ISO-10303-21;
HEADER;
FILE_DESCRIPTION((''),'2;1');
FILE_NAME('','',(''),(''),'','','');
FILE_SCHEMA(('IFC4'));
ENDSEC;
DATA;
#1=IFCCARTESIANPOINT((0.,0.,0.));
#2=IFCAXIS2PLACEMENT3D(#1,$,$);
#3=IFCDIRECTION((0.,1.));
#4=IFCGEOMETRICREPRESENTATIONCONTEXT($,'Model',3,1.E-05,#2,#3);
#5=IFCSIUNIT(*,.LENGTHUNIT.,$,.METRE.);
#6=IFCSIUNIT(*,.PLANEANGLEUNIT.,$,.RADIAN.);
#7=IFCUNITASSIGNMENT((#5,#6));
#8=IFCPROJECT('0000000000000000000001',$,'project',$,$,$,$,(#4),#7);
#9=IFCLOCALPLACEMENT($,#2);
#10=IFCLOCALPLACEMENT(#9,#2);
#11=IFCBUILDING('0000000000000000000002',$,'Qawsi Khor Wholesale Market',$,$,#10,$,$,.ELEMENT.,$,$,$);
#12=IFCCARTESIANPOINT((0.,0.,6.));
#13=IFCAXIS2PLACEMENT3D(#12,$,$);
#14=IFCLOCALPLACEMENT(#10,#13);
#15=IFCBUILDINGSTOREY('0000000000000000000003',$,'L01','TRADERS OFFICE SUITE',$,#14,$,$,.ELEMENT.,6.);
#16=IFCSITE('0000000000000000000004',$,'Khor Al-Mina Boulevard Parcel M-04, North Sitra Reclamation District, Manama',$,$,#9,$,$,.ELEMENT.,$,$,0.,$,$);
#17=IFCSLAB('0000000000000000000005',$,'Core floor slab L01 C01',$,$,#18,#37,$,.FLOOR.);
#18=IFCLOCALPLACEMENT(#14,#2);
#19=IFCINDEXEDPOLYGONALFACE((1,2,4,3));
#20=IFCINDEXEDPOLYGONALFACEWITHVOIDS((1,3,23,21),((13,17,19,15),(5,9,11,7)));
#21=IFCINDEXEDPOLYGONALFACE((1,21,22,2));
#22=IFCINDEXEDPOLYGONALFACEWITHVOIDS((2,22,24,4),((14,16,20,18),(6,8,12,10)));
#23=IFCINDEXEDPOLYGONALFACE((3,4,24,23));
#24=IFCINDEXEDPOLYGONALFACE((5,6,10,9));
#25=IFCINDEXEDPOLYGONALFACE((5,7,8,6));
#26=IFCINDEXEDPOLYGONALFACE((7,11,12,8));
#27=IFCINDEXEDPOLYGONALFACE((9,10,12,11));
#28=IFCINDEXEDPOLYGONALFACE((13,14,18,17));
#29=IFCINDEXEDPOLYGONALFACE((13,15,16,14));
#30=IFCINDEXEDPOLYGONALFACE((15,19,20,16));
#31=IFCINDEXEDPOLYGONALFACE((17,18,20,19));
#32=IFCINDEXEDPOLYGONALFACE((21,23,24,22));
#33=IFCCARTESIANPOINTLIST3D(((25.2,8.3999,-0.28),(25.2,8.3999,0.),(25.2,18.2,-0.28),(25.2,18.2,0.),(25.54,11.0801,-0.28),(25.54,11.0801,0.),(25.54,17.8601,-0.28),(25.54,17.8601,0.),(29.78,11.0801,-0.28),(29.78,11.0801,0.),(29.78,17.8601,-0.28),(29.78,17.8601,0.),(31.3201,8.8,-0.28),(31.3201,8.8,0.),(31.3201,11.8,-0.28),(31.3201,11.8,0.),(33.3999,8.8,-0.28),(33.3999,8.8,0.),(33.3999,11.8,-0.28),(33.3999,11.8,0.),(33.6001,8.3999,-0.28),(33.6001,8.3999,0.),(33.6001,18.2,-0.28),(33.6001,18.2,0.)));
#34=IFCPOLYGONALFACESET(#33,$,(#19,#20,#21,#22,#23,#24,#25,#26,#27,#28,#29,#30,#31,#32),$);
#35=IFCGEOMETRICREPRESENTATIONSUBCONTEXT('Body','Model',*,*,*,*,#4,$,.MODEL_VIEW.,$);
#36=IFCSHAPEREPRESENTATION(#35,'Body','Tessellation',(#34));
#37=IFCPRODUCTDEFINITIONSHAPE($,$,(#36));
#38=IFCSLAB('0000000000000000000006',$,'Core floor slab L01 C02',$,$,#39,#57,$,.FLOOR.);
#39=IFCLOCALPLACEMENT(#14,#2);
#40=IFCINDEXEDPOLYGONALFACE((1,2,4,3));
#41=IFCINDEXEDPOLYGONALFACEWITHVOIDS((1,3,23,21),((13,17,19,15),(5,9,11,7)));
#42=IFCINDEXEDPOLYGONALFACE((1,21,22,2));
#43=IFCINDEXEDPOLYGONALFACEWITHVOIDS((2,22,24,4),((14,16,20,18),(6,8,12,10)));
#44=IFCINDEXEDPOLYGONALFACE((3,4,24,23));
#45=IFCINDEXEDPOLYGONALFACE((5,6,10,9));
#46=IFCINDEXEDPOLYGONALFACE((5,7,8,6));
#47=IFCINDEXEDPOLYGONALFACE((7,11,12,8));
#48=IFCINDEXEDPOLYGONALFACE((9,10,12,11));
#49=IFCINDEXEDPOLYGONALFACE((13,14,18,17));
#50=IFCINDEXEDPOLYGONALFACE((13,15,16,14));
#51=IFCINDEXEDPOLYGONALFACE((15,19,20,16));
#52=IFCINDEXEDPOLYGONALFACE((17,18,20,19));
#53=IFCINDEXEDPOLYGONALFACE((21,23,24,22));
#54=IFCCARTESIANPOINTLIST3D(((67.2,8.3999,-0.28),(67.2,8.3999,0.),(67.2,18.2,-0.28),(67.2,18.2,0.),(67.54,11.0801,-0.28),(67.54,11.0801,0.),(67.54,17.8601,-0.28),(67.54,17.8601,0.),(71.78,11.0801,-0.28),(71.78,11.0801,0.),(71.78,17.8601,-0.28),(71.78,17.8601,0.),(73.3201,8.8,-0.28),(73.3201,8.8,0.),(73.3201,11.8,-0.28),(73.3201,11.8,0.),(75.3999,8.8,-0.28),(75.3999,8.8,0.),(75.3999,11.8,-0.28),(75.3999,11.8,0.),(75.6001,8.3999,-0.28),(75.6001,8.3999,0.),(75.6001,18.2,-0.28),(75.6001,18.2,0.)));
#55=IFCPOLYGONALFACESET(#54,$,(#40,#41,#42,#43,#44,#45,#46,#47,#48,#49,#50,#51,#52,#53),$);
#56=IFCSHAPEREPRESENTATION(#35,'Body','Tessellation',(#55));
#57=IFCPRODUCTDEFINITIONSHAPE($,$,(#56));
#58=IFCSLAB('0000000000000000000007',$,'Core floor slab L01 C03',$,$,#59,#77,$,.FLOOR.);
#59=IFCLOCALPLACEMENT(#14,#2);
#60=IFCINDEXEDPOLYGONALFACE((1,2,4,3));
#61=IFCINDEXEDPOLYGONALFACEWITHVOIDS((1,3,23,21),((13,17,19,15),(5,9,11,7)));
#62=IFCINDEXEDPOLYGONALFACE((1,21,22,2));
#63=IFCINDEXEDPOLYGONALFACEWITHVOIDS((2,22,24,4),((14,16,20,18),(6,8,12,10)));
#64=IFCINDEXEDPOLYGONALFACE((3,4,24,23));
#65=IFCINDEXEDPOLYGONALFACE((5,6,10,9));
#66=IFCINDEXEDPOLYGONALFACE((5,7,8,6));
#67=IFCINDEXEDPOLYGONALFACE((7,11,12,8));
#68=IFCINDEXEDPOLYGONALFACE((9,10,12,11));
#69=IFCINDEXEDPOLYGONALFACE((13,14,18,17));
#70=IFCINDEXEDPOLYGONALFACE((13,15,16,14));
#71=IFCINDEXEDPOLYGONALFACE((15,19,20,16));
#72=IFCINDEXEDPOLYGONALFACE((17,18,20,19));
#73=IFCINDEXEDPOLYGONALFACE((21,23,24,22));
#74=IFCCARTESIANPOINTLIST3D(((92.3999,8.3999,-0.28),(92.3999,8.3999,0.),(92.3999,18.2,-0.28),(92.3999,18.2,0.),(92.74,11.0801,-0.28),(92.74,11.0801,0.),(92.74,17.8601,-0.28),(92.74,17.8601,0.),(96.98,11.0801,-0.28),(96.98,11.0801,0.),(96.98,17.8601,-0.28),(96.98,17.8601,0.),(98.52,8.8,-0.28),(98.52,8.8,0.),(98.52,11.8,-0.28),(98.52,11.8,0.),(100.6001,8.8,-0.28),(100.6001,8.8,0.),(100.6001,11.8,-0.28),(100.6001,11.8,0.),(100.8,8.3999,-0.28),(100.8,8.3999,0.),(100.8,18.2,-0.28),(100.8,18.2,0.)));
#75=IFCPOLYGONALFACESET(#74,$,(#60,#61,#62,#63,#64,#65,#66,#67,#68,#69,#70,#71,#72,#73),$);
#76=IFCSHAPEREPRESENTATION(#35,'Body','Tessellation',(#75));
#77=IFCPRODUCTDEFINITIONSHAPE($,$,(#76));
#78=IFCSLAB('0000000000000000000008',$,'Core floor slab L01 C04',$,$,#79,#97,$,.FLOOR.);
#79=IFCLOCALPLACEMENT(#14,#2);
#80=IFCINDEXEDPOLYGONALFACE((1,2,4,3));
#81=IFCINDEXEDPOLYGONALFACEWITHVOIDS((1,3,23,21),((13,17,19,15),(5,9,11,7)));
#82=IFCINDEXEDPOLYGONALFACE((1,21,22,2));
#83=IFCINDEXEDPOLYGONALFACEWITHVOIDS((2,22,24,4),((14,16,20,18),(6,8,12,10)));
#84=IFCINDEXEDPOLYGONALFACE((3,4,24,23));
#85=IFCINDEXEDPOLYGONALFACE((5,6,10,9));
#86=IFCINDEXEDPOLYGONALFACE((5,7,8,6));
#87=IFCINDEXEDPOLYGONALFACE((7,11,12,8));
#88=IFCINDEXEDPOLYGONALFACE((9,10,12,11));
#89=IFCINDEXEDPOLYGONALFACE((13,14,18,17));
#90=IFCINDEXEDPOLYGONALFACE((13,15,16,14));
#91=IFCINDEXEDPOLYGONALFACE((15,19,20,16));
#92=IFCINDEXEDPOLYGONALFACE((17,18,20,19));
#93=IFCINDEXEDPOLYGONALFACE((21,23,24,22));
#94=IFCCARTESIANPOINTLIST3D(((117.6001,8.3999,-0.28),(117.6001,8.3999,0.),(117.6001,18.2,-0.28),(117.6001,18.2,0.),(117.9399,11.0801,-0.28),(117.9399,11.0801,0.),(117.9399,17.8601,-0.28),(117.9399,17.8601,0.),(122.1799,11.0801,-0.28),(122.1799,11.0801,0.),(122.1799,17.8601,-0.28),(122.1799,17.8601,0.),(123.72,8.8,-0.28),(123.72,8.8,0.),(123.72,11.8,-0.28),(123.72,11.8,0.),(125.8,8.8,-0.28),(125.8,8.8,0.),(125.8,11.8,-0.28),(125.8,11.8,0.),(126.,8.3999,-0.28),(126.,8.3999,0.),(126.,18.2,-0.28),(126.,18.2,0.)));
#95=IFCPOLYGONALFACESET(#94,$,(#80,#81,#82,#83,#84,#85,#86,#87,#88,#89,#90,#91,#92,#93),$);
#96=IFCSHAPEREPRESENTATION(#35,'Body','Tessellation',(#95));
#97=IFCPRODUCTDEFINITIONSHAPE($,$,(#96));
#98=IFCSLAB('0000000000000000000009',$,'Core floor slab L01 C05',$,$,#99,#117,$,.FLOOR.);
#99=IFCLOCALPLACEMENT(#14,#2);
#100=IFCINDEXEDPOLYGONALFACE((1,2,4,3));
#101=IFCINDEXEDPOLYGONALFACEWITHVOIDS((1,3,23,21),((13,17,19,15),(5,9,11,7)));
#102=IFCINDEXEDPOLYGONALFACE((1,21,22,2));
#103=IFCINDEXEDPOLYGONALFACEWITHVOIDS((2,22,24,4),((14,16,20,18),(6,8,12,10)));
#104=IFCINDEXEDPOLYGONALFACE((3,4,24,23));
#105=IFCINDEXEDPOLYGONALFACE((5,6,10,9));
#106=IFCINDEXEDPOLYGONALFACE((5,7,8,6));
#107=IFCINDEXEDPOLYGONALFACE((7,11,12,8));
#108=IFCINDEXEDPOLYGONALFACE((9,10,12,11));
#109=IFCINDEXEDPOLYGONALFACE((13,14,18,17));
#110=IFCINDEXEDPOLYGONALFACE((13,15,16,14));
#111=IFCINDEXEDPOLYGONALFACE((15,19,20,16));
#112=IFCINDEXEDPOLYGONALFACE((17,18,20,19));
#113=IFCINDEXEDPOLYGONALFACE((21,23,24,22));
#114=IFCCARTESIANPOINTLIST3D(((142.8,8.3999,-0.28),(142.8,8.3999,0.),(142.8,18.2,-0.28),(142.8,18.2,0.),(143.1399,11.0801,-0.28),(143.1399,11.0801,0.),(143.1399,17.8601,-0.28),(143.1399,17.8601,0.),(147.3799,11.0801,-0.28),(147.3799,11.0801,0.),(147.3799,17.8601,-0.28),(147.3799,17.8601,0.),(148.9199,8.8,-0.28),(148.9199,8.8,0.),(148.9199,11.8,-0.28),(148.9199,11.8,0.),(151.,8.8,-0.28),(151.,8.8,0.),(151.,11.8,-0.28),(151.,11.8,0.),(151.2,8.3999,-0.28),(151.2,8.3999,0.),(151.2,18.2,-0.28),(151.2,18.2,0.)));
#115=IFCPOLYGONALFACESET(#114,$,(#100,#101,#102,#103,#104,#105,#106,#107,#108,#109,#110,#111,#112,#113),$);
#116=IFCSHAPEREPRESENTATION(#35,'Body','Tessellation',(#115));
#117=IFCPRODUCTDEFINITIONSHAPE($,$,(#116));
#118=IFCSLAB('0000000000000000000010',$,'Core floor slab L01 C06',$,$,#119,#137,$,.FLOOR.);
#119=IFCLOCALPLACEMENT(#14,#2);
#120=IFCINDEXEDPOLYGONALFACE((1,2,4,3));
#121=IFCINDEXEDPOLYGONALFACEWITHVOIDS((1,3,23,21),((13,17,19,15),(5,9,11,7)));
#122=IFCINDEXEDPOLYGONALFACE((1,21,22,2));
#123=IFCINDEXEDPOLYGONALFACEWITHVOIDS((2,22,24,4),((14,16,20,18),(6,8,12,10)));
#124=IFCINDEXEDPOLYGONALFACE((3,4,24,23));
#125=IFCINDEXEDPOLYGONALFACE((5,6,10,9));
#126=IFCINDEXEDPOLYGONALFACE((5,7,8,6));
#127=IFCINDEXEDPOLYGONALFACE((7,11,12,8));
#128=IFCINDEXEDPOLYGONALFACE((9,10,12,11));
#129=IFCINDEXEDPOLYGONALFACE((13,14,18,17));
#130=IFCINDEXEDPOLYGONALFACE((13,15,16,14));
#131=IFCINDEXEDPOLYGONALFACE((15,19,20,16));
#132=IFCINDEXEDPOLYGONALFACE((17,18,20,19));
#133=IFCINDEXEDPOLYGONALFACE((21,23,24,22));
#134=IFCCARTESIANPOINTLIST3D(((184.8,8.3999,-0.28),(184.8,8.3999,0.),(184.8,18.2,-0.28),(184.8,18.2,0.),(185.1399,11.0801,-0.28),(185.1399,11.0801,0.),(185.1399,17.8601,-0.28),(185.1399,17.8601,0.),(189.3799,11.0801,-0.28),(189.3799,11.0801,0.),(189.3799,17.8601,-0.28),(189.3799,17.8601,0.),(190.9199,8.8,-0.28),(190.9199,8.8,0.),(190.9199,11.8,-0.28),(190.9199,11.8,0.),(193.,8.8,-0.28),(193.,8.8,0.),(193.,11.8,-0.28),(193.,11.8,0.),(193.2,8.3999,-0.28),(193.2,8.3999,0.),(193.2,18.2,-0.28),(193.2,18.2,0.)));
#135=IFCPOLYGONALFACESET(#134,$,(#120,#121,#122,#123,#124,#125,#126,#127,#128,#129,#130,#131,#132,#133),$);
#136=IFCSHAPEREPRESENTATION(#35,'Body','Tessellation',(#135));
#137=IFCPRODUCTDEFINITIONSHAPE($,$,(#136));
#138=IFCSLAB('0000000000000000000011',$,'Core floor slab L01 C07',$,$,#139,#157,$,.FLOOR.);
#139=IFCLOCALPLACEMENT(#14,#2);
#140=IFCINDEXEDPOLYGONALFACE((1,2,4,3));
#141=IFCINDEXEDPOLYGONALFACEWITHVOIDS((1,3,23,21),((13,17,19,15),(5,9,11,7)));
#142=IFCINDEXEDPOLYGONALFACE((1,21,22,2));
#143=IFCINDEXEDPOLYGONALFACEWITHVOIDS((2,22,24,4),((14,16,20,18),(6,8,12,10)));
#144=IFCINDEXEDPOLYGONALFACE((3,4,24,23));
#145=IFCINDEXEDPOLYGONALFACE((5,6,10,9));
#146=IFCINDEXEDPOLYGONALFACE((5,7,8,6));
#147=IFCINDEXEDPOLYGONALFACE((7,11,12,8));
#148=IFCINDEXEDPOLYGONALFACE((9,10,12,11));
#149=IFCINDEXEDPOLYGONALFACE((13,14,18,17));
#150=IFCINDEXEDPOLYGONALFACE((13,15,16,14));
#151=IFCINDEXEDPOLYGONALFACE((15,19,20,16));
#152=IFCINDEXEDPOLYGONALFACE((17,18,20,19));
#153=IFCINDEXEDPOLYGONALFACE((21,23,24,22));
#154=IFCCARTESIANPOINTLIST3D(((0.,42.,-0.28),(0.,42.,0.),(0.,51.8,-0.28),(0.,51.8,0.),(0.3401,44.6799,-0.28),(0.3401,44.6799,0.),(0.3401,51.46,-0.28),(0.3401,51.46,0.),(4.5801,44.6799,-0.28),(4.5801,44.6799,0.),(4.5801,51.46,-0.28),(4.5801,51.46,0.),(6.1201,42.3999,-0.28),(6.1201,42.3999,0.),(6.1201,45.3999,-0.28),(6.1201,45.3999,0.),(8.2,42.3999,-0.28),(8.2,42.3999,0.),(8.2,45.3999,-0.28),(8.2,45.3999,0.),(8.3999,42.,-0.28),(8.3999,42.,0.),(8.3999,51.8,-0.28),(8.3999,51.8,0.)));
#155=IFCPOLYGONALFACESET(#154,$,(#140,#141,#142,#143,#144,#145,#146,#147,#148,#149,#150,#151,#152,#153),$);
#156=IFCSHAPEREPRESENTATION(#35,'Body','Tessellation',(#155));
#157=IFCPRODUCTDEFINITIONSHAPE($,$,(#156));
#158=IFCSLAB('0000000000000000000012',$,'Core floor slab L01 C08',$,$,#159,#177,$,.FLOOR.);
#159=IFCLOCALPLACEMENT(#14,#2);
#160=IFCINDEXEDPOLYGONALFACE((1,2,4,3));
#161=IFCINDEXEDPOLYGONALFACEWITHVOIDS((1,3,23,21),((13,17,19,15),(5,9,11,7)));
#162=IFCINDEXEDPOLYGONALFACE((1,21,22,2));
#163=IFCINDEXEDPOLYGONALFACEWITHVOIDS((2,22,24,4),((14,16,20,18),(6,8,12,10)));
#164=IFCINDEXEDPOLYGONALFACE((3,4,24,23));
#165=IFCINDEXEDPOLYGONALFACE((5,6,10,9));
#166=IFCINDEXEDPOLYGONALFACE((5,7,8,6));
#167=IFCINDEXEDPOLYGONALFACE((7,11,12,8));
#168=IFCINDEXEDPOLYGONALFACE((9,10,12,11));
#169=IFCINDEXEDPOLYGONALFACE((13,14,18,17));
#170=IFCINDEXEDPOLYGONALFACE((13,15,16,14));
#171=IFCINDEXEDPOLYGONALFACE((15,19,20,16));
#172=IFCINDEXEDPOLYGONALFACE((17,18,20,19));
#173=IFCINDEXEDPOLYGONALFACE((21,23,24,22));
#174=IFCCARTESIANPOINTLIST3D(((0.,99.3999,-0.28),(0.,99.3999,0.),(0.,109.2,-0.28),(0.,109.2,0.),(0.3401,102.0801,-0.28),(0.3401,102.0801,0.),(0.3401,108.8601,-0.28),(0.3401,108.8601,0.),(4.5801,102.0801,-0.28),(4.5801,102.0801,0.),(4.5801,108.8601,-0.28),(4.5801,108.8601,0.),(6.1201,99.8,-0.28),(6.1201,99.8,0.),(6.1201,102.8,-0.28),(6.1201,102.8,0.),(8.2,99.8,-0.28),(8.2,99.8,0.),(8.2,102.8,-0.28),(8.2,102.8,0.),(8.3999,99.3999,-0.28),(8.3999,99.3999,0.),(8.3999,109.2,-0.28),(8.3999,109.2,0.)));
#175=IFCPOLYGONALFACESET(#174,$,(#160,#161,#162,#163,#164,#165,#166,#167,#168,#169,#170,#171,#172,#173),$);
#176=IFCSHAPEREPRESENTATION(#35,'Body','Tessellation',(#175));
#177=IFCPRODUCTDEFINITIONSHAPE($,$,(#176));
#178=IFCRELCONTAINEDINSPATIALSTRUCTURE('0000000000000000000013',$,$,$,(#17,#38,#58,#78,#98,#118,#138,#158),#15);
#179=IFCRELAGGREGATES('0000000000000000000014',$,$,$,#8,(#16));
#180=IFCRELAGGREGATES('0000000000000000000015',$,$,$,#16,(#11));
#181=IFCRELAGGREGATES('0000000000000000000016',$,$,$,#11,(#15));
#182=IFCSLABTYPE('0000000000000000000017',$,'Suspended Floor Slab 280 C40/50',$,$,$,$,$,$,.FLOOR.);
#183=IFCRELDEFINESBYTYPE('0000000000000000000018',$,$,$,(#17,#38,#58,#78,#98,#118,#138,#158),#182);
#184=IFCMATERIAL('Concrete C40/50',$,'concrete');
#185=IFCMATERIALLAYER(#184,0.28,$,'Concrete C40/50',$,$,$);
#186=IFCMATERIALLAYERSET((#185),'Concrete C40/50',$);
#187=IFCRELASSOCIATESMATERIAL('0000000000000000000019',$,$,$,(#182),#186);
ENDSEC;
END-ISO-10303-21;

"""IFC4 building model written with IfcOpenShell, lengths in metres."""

from ifc_helpers import new_model, si_unit, direction, frame, origin, place, context, subcontext, project, spatial, polyline, outline, extrude, material, layer, layer_set, type_object, element, save


model = new_model("IFC4")

# Units and contexts
model_context = context("Model", 3, precision=1e-05, world=origin(), true_north=direction((0.0, 1.0)))
body_context = subcontext(model_context, "Body", "Model", "MODEL_VIEW")
ifc_project = project(units=[si_unit("LENGTHUNIT", "METRE"), si_unit("PLANEANGLEUNIT", "RADIAN")], contexts=[model_context])

# Site, building, storey
site_placement = place(None, origin())
site = spatial("IfcSite", under=ifc_project, at=site_placement, Name="Khor Al-Mina Boulevard Parcel M-04, North Sitra Reclamation District, Manama", CompositionType="ELEMENT", RefElevation=0.0)
building_placement = place(site_placement, origin())
building = spatial("IfcBuilding", under=site, at=building_placement, Name="Qawsi Khor Wholesale Market", CompositionType="ELEMENT")
storey_placement = place(building_placement, frame((0.0, 0.0, 6.0)))
storey = spatial("IfcBuildingStorey", under=building, at=storey_placement, Name="L01", Description="TRADERS OFFICE SUITE", CompositionType="ELEMENT", Elevation=6.0)

# Shared definitions
ifc_material_1 = material(Name="Concrete C40/50", Category="concrete")

# Slabs
ifc_layer_1 = layer(ifc_material_1, 0.28, Name="Concrete C40/50")
ifc_layer_set_1 = layer_set([ifc_layer_1], Name="Concrete C40/50")
slab_type_1 = type_object("IfcSlabType", Name="Suspended Floor Slab 280 C40/50", PredefinedType="FLOOR", material=ifc_layer_set_1)
slab_1_placement = place(storey_placement, frame((0.0, 0.0, -0.28)))
element("IfcSlab", 1, at=slab_1_placement, inside=storey, type_object=slab_type_1, Name="Core floor slab L01 C01", PredefinedType="FLOOR", context=body_context, shape_type="SweptSolid", body=[
    extrude(outline(polyline([(25.2, 18.2), (33.6001, 18.2), (33.6001, 8.3999), (25.2, 8.3999), (25.2, 18.2)]), holes=[polyline([(31.3201, 8.8), (33.3999, 8.8), (33.3999, 11.8), (31.3201, 11.8), (31.3201, 8.8)]), polyline([(25.54, 11.0801), (29.78, 11.0801), (29.78, 17.8601), (25.54, 17.8601), (25.54, 11.0801)])]), origin(), (0.0, 0.0, 1.0), 0.28),
])
slab_2_placement = place(storey_placement, frame((0.0, 0.0, -0.28)))
element("IfcSlab", 2, at=slab_2_placement, inside=storey, type_object=slab_type_1, Name="Core floor slab L01 C02", PredefinedType="FLOOR", context=body_context, shape_type="SweptSolid", body=[
    extrude(outline(polyline([(67.2, 18.2), (75.6001, 18.2), (75.6001, 8.3999), (67.2, 8.3999), (67.2, 18.2)]), holes=[polyline([(73.3201, 8.8), (75.3999, 8.8), (75.3999, 11.8), (73.3201, 11.8), (73.3201, 8.8)]), polyline([(67.54, 11.0801), (71.78, 11.0801), (71.78, 17.8601), (67.54, 17.8601), (67.54, 11.0801)])]), origin(), (0.0, 0.0, 1.0), 0.28),
])
slab_3_placement = place(storey_placement, frame((0.0, 0.0, -0.28)))
element("IfcSlab", 3, at=slab_3_placement, inside=storey, type_object=slab_type_1, Name="Core floor slab L01 C03", PredefinedType="FLOOR", context=body_context, shape_type="SweptSolid", body=[
    extrude(outline(polyline([(92.3999, 18.2), (100.8, 18.2), (100.8, 8.3999), (92.3999, 8.3999), (92.3999, 18.2)]), holes=[polyline([(98.52, 8.8), (100.6001, 8.8), (100.6001, 11.8), (98.52, 11.8), (98.52, 8.8)]), polyline([(92.74, 11.0801), (96.98, 11.0801), (96.98, 17.8601), (92.74, 17.8601), (92.74, 11.0801)])]), origin(), (0.0, 0.0, 1.0), 0.28),
])
slab_4_placement = place(storey_placement, frame((0.0, 0.0, -0.28)))
element("IfcSlab", 4, at=slab_4_placement, inside=storey, type_object=slab_type_1, Name="Core floor slab L01 C04", PredefinedType="FLOOR", context=body_context, shape_type="SweptSolid", body=[
    extrude(outline(polyline([(117.6001, 18.2), (126.0, 18.2), (126.0, 8.3999), (117.6001, 8.3999), (117.6001, 18.2)]), holes=[polyline([(123.72, 8.8), (125.8, 8.8), (125.8, 11.8), (123.72, 11.8), (123.72, 8.8)]), polyline([(117.9399, 11.0801), (122.1799, 11.0801), (122.1799, 17.8601), (117.9399, 17.8601), (117.9399, 11.0801)])]), origin(), (0.0, 0.0, 1.0), 0.28),
])
slab_5_placement = place(storey_placement, frame((0.0, 0.0, -0.28)))
element("IfcSlab", 5, at=slab_5_placement, inside=storey, type_object=slab_type_1, Name="Core floor slab L01 C05", PredefinedType="FLOOR", context=body_context, shape_type="SweptSolid", body=[
    extrude(outline(polyline([(142.8, 18.2), (151.2, 18.2), (151.2, 8.3999), (142.8, 8.3999), (142.8, 18.2)]), holes=[polyline([(148.9199, 8.8), (151.0, 8.8), (151.0, 11.8), (148.9199, 11.8), (148.9199, 8.8)]), polyline([(143.1399, 11.0801), (147.3799, 11.0801), (147.3799, 17.8601), (143.1399, 17.8601), (143.1399, 11.0801)])]), origin(), (0.0, 0.0, 1.0), 0.28),
])
slab_6_placement = place(storey_placement, frame((0.0, 0.0, -0.28)))
element("IfcSlab", 6, at=slab_6_placement, inside=storey, type_object=slab_type_1, Name="Core floor slab L01 C06", PredefinedType="FLOOR", context=body_context, shape_type="SweptSolid", body=[
    extrude(outline(polyline([(184.8, 18.2), (193.2, 18.2), (193.2, 8.3999), (184.8, 8.3999), (184.8, 18.2)]), holes=[polyline([(190.9199, 8.8), (193.0, 8.8), (193.0, 11.8), (190.9199, 11.8), (190.9199, 8.8)]), polyline([(185.1399, 11.0801), (189.3799, 11.0801), (189.3799, 17.8601), (185.1399, 17.8601), (185.1399, 11.0801)])]), origin(), (0.0, 0.0, 1.0), 0.28),
])
slab_7_placement = place(storey_placement, frame((0.0, 0.0, -0.28)))
element("IfcSlab", 7, at=slab_7_placement, inside=storey, type_object=slab_type_1, Name="Core floor slab L01 C07", PredefinedType="FLOOR", context=body_context, shape_type="SweptSolid", body=[
    extrude(outline(polyline([(0.0, 51.8), (8.3999, 51.8), (8.3999, 42.0), (0.0, 42.0), (0.0, 51.8)]), holes=[polyline([(6.1201, 42.3999), (8.2, 42.3999), (8.2, 45.3999), (6.1201, 45.3999), (6.1201, 42.3999)]), polyline([(0.3401, 44.6799), (4.5801, 44.6799), (4.5801, 51.46), (0.3401, 51.46), (0.3401, 44.6799)])]), origin(), (0.0, 0.0, 1.0), 0.28),
])
slab_8_placement = place(storey_placement, frame((0.0, 0.0, -0.28)))
element("IfcSlab", 8, at=slab_8_placement, inside=storey, type_object=slab_type_1, Name="Core floor slab L01 C08", PredefinedType="FLOOR", context=body_context, shape_type="SweptSolid", body=[
    extrude(outline(polyline([(0.0, 109.2), (8.3999, 109.2), (8.3999, 99.3999), (0.0, 99.3999), (0.0, 109.2)]), holes=[polyline([(6.1201, 99.8), (8.2, 99.8), (8.2, 102.8), (6.1201, 102.8), (6.1201, 99.8)]), polyline([(0.3401, 102.0801), (4.5801, 102.0801), (4.5801, 108.8601), (0.3401, 108.8601), (0.3401, 102.0801)])]), origin(), (0.0, 0.0, 1.0), 0.28),
])

save(model, "model.ifc")
